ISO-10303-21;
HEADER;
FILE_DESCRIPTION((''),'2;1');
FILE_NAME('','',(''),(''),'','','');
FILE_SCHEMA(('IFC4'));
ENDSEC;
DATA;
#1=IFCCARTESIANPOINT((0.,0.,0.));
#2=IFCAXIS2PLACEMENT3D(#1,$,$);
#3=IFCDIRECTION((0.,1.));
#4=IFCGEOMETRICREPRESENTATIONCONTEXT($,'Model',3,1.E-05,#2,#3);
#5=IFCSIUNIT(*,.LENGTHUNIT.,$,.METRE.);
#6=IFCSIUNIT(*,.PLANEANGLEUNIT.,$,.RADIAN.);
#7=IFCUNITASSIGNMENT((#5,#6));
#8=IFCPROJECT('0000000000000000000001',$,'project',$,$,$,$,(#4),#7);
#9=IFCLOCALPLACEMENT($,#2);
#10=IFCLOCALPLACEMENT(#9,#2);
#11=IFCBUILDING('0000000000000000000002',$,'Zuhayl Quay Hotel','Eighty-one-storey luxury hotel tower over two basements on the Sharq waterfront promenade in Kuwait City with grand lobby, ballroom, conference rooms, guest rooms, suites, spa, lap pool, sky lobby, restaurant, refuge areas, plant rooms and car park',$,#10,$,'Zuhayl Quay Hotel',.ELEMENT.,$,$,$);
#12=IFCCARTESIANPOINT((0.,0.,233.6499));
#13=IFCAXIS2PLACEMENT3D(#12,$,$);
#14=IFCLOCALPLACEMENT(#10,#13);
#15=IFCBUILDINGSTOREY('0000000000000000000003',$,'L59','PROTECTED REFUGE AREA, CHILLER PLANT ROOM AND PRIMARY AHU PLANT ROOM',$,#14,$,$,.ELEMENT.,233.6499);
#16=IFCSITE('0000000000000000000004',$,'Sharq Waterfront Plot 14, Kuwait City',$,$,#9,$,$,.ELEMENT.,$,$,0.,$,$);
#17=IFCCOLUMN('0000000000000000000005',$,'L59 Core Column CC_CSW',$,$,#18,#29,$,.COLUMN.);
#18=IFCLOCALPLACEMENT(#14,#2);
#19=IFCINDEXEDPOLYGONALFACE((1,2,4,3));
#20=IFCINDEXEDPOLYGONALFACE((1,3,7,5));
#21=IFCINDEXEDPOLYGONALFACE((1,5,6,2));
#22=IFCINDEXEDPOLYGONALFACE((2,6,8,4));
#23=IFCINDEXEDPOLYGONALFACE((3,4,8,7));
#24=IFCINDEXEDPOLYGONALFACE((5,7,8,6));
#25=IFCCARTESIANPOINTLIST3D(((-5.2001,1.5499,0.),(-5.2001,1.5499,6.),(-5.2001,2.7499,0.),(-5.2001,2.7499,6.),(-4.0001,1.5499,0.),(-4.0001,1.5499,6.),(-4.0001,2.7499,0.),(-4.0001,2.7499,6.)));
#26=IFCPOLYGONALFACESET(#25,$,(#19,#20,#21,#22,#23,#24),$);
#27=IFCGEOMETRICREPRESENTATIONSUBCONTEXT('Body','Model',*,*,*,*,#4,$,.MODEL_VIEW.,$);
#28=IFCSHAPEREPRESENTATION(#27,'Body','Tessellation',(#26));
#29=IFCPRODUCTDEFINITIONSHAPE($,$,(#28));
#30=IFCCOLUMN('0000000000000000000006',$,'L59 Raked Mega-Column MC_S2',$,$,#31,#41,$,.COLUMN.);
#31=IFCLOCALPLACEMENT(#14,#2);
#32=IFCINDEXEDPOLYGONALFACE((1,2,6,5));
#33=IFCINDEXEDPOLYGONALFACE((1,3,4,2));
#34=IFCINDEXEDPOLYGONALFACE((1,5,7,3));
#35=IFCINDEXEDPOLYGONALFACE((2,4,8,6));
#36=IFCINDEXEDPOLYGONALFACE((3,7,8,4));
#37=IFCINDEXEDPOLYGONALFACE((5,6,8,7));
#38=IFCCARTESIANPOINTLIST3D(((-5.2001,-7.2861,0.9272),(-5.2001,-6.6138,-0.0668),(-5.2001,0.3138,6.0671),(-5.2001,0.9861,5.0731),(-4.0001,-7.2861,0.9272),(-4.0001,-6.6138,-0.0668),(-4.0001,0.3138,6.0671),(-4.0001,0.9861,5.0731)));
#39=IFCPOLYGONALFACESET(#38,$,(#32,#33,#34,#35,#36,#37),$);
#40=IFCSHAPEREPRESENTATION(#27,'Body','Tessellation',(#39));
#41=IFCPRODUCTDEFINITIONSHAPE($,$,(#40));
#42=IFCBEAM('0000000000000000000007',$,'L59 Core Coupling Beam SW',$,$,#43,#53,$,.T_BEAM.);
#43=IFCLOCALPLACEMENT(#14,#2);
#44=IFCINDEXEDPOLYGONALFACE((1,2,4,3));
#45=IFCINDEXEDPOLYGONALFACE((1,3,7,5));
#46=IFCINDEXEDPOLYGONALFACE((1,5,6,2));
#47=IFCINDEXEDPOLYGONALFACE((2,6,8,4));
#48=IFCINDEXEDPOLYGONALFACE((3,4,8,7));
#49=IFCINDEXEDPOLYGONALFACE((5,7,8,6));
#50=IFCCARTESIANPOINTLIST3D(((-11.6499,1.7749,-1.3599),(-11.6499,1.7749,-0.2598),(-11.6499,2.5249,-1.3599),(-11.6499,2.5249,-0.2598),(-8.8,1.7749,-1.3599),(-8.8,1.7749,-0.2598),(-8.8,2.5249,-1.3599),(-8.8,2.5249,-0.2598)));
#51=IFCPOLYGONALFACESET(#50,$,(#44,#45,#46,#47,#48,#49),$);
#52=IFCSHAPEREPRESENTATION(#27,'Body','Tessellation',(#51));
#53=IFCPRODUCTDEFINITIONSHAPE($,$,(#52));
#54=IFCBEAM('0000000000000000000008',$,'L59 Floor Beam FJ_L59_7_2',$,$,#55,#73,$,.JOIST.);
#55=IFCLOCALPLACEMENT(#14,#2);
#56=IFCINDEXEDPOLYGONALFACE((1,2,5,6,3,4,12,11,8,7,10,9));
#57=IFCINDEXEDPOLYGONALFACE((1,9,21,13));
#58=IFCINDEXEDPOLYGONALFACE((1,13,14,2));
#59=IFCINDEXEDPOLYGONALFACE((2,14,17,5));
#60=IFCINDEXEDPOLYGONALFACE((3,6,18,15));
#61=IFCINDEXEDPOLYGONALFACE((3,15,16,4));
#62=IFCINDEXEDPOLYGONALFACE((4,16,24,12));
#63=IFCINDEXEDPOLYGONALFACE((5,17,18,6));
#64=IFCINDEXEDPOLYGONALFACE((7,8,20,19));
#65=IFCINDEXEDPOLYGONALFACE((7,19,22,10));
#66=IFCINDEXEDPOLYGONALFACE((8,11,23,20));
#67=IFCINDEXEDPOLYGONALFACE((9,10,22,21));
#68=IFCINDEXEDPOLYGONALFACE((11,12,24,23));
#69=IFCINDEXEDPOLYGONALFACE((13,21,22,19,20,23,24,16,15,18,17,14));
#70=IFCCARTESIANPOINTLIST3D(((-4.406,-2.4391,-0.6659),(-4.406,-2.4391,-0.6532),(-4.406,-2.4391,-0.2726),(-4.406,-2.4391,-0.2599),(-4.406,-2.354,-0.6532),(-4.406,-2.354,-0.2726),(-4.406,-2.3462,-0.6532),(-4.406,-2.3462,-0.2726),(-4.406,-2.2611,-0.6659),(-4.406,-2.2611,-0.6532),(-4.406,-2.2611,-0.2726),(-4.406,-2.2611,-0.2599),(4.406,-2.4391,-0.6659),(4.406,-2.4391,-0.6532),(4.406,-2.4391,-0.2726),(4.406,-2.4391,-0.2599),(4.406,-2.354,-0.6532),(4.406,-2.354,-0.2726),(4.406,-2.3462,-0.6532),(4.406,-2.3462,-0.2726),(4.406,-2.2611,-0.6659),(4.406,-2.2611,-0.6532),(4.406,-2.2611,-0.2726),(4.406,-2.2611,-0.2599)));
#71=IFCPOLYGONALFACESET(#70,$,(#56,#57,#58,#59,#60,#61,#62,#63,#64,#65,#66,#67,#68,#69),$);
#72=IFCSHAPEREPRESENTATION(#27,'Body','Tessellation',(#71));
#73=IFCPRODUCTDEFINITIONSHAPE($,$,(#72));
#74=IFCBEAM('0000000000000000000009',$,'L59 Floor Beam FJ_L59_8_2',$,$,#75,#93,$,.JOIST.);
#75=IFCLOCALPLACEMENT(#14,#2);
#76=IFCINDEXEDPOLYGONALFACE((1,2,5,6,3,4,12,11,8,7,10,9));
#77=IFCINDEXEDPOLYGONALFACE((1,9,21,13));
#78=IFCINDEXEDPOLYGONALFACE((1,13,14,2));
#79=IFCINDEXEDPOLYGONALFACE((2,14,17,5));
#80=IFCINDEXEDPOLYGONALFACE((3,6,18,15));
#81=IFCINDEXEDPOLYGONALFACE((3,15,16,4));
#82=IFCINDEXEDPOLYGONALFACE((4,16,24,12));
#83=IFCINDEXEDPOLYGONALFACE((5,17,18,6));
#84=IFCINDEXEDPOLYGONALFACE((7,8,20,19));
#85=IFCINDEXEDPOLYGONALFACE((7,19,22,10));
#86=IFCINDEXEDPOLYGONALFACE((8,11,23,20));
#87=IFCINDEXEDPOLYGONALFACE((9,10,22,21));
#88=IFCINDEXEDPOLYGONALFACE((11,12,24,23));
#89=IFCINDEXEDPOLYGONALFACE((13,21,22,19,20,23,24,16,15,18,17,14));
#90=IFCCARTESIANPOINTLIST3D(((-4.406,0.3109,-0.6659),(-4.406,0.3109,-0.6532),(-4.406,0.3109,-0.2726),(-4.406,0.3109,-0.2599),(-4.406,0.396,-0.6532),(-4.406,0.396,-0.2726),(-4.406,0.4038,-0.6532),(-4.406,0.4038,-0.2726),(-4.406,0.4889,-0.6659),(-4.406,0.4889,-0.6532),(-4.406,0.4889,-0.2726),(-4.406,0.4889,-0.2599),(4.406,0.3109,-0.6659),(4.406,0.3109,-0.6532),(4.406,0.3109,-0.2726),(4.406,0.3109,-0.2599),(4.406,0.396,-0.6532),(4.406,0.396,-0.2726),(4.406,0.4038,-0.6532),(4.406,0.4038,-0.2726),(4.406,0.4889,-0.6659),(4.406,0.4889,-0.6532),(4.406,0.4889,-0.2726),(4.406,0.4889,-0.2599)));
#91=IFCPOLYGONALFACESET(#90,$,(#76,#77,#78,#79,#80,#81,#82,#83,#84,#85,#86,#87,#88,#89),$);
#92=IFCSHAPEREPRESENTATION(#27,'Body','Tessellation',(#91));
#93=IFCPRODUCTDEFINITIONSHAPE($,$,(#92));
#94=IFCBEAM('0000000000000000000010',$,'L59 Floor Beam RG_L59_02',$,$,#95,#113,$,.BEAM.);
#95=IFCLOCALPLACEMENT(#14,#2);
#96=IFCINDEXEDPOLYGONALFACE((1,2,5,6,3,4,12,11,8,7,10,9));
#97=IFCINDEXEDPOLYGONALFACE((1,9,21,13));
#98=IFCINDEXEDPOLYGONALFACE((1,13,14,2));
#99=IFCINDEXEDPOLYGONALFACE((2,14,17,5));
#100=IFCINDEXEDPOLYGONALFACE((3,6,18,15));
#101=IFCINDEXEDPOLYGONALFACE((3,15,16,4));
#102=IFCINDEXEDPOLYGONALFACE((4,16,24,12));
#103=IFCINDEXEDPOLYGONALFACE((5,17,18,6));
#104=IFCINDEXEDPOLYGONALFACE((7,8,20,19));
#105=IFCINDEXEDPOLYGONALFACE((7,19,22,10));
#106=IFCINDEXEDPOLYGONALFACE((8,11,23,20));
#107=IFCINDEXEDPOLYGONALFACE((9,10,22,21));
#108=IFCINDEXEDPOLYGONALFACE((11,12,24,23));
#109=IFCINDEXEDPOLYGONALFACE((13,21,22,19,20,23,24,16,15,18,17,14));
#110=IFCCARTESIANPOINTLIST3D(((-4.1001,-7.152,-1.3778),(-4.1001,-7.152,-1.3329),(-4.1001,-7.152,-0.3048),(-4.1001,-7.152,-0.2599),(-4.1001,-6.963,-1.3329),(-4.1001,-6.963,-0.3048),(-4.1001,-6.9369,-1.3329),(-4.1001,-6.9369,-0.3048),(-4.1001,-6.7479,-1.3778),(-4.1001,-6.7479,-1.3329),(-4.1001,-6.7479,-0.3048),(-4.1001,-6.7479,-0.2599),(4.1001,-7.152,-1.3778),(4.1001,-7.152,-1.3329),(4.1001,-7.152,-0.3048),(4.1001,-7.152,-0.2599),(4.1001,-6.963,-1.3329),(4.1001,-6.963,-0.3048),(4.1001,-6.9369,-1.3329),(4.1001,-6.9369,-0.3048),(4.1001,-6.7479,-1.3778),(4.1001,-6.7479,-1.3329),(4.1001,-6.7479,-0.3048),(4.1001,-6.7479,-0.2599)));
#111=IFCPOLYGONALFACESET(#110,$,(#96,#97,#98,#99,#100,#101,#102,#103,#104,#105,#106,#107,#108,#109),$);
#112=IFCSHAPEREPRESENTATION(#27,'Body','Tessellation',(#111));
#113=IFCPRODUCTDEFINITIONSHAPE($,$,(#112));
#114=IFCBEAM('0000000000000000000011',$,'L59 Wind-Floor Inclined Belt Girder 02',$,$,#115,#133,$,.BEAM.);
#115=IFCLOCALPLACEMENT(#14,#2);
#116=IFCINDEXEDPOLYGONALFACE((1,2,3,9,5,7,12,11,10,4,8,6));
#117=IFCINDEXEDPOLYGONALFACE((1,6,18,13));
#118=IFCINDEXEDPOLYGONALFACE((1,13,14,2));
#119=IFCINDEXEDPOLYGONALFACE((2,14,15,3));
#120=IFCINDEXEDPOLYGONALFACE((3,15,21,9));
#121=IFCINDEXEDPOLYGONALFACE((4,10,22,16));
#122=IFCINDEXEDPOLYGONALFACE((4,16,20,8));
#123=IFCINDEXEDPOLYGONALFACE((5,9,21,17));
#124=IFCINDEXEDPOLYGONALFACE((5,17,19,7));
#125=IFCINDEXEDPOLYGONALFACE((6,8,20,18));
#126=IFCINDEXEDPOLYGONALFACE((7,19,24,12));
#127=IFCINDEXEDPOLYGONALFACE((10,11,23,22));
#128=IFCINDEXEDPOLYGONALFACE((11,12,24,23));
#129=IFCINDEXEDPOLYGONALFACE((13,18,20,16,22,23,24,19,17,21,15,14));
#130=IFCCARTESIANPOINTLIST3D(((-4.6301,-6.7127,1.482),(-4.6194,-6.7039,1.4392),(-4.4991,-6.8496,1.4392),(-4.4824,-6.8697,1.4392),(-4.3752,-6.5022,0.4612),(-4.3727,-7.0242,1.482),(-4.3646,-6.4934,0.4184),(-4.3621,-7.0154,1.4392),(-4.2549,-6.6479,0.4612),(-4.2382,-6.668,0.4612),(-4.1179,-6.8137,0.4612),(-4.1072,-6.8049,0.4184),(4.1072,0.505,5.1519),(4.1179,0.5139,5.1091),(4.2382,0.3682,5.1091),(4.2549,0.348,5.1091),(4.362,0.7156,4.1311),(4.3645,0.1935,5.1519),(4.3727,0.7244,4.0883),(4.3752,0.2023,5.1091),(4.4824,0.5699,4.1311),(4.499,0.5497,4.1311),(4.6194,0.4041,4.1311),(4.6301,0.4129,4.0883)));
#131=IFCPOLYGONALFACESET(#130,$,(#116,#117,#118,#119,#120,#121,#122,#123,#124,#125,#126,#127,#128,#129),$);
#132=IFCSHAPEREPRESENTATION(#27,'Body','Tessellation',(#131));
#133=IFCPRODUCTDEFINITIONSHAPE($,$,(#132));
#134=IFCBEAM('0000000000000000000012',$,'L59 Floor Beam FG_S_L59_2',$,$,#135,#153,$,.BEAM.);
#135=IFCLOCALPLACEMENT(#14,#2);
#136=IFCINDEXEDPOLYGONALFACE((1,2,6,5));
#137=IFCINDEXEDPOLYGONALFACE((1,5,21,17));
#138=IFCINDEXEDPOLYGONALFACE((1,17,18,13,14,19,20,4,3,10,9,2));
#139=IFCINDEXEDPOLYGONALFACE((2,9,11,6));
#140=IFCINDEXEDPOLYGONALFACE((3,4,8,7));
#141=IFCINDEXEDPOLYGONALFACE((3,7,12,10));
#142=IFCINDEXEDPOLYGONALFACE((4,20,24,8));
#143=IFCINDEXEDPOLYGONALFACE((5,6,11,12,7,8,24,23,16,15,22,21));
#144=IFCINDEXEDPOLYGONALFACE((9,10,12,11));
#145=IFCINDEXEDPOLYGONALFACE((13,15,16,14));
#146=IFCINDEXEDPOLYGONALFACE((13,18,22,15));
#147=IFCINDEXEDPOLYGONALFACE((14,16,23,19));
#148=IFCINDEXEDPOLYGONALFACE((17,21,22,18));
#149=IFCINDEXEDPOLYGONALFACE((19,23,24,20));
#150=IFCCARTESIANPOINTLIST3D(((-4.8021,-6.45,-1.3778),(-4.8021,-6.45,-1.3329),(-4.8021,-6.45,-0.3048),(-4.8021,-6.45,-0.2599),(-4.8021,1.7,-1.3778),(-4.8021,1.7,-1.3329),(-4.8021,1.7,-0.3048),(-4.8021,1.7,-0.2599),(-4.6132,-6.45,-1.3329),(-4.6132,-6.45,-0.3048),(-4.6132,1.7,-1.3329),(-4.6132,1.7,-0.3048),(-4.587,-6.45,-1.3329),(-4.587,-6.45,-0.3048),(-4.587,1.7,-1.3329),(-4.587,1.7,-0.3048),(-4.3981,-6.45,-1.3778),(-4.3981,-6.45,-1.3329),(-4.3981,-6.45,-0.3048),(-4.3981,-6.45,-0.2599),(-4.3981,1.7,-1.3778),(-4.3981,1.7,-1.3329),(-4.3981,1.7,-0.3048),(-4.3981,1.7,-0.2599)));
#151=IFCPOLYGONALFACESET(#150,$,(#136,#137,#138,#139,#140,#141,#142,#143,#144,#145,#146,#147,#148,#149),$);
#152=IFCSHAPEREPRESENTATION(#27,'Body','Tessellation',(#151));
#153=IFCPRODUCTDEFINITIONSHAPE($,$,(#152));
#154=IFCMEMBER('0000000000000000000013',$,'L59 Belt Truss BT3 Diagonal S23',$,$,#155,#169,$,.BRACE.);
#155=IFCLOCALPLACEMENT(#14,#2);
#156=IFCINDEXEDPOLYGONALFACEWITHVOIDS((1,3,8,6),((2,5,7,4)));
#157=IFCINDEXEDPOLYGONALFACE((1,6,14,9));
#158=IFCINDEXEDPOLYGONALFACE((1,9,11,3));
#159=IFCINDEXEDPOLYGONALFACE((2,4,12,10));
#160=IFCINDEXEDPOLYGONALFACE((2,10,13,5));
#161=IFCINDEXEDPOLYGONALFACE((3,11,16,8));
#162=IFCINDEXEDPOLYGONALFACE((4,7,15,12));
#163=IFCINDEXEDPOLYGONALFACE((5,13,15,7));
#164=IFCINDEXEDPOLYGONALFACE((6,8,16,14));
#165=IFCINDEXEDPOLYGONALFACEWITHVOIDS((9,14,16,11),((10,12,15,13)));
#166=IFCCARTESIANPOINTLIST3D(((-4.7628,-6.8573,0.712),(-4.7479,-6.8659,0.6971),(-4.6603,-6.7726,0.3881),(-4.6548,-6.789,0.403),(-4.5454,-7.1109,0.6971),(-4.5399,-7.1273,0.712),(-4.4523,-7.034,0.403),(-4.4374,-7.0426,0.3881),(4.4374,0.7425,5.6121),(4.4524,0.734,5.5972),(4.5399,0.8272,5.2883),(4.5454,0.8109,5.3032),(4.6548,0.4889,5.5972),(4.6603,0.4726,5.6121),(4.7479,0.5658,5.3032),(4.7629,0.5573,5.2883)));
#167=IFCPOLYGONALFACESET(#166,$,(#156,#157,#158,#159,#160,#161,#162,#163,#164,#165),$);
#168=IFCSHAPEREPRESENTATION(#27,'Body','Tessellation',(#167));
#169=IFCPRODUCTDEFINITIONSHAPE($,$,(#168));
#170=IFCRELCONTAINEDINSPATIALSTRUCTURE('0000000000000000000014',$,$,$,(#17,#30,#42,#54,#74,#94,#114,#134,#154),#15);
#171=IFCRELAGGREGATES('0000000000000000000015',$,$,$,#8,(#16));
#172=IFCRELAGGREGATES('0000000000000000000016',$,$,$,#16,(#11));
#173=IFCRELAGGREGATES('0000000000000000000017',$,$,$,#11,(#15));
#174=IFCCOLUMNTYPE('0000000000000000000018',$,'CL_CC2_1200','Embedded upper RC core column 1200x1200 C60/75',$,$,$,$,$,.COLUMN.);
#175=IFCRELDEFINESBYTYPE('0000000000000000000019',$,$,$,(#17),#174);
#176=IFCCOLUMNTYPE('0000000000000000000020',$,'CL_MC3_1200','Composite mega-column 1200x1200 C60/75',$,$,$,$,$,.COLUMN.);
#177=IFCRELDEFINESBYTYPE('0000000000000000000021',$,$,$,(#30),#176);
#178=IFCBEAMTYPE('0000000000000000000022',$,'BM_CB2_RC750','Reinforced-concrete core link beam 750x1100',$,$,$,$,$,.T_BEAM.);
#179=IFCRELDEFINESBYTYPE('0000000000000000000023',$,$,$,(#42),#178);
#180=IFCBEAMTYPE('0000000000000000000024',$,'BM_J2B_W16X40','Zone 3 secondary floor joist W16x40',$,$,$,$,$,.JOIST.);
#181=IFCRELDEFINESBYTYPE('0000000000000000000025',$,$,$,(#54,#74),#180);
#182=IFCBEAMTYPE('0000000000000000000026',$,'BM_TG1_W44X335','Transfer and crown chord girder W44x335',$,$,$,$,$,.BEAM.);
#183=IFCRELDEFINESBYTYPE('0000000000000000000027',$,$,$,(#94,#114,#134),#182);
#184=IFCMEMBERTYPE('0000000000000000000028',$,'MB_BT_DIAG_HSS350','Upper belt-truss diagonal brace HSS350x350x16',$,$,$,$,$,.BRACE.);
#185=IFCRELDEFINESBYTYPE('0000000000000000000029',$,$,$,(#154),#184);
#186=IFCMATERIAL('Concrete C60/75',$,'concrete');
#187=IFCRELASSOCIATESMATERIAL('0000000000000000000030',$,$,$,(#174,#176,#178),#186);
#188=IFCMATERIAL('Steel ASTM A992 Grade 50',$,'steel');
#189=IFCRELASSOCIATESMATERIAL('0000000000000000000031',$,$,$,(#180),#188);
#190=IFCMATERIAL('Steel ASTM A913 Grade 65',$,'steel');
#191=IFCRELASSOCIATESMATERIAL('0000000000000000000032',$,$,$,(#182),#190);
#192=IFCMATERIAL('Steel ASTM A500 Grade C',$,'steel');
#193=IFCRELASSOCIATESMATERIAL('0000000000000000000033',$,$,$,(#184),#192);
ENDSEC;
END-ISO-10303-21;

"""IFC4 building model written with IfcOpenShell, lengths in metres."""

from ifc_helpers import new_model, si_unit, direction, frame, origin, origin_2d, place, context, subcontext, project, spatial, rectangle, hollow_rectangle, i_section, extrude, material, material_profile, profile_set, type_object, element, save


model = new_model("IFC4")

# Units and contexts
model_context = context("Model", 3, precision=1e-05, world=origin(), true_north=direction((0.0, 1.0)))
body_context = subcontext(model_context, "Body", "Model", "MODEL_VIEW")
ifc_project = project(units=[si_unit("LENGTHUNIT", "METRE"), si_unit("PLANEANGLEUNIT", "RADIAN")], contexts=[model_context])

# Site, building, storey
site_placement = place(None, origin())
site = spatial("IfcSite", under=ifc_project, at=site_placement, Name="Sharq Waterfront Plot 14, Kuwait City", CompositionType="ELEMENT", RefElevation=0.0)
building_placement = place(site_placement, origin())
building = spatial("IfcBuilding", under=site, at=building_placement, Name="Zuhayl Quay Hotel", Description="Eighty-one-storey luxury hotel tower over two basements on the Sharq waterfront promenade in Kuwait City with grand lobby, ballroom, conference rooms, guest rooms, suites, spa, lap pool, sky lobby, restaurant, refuge areas, plant rooms and car park", LongName="Zuhayl Quay Hotel", CompositionType="ELEMENT")
storey_placement = place(building_placement, frame((0.0, 0.0, 233.6499)))
storey = spatial("IfcBuildingStorey", under=building, at=storey_placement, Name="L59", Description="PROTECTED REFUGE AREA, CHILLER PLANT ROOM AND PRIMARY AHU PLANT ROOM", CompositionType="ELEMENT", Elevation=233.6499)

# Columns
ifc_material_1 = material(Name="Concrete C60/75", Category="concrete")
ifc_material_profile_1 = material_profile(ifc_material_1, rectangle(XDim=1.2, YDim=1.2, at=origin_2d()), Name="RC1200X1200")
ifc_profile_set_1 = profile_set([ifc_material_profile_1], Name="Concrete C60/75")
column_type_1 = type_object("IfcColumnType", Name="CL_CC2_1200", Description="Embedded upper RC core column 1200x1200 C60/75", PredefinedType="COLUMN", material=ifc_profile_set_1)
column_1_placement = place(storey_placement, frame((-4.6001, 2.1499, 0.0), z_axis=(0.0, 0.0, 1.0), x_axis=(1.0, 0.0, 0.0)))
element("IfcColumn", 1, at=column_1_placement, inside=storey, type_object=column_type_1, Name="L59 Core Column CC_CSW", PredefinedType="COLUMN", context=body_context, shape_type="SweptSolid", body=[
    extrude(rectangle(XDim=1.2, YDim=1.2, at=origin_2d()), origin(), (0.0, 0.0, 1.0), 6.0),
])
ifc_material_profile_2 = material_profile(ifc_material_1, rectangle(XDim=1.2, YDim=1.2, at=origin_2d()), Name="RC1200X1200")
ifc_profile_set_2 = profile_set([ifc_material_profile_2], Name="Concrete C60/75")
column_type_2 = type_object("IfcColumnType", Name="CL_MC3_1200", Description="Composite mega-column 1200x1200 C60/75", PredefinedType="COLUMN", material=ifc_profile_set_2)
column_2_placement = place(storey_placement, frame((-4.6001, -6.95, 0.4302), z_axis=(0.0, 0.828343, 0.560221), x_axis=(-1.0, 0.0, 0.0)))
element("IfcColumn", 2, at=column_2_placement, inside=storey, type_object=column_type_2, Name="L59 Raked Mega-Column MC_S2", PredefinedType="COLUMN", context=body_context, shape_type="SweptSolid", body=[
    extrude(rectangle(XDim=1.2, YDim=1.2, at=origin_2d()), origin(), (0.0, 0.0, 1.0), 9.1748),
])

# Beams
ifc_material_profile_3 = material_profile(ifc_material_1, rectangle(XDim=0.75, YDim=1.1001, at=origin_2d()), Name="RC750X1100")
ifc_profile_set_3 = profile_set([ifc_material_profile_3], Name="Concrete C60/75")
beam_type_1 = type_object("IfcBeamType", Name="BM_CB2_RC750", Description="Reinforced-concrete core link beam 750x1100", PredefinedType="T_BEAM", material=ifc_profile_set_3)
beam_1_placement = place(storey_placement, frame((-11.6499, 2.1499, -0.8098), z_axis=(1.0, 0.0, 0.0), x_axis=(0.0, 1.0, 0.0)))
element("IfcBeam", 3, at=beam_1_placement, inside=storey, type_object=beam_type_1, Name="L59 Core Coupling Beam SW", PredefinedType="T_BEAM", context=body_context, shape_type="SweptSolid", body=[
    extrude(rectangle(XDim=0.75, YDim=1.1001, at=origin_2d()), origin(), (0.0, 0.0, 1.0), 2.8499),
])
ifc_material_2 = material(Name="Steel ASTM A992 Grade 50", Category="steel")
ifc_material_profile_4 = material_profile(ifc_material_2, i_section(OverallWidth=0.178, OverallDepth=0.406, WebThickness=0.0078, FlangeThickness=0.0127, at=origin_2d()), Name="W16X40")
ifc_profile_set_4 = profile_set([ifc_material_profile_4], Name="Steel ASTM A992 Grade 50")
beam_type_2 = type_object("IfcBeamType", Name="BM_J2B_W16X40", Description="Zone 3 secondary floor joist W16x40", PredefinedType="JOIST", material=ifc_profile_set_4)
for number, where, z_axis, x_axis, name in (
    (4, (-4.406, -2.3501, -0.4629), (1.0, 0.0, 0.0), (0.0, 1.0, 0.0), "L59 Floor Beam FJ_L59_7_2"),
    (5, (-4.406, 0.3999, -0.4629), (1.0, 0.0, 0.0), (0.0, 1.0, 0.0), "L59 Floor Beam FJ_L59_8_2"),
):
    element("IfcBeam", number, at=place(storey_placement, frame(where, z_axis=z_axis, x_axis=x_axis)), inside=storey, type_object=beam_type_2, Name=name, PredefinedType="JOIST", context=body_context, shape_type="SweptSolid", body=[
        extrude(i_section(OverallWidth=0.178, OverallDepth=0.406, WebThickness=0.0078, FlangeThickness=0.0127, at=origin_2d()), origin(), (0.0, 0.0, 1.0), 8.812),
    ])
ifc_material_3 = material(Name="Steel ASTM A913 Grade 65", Category="steel")
ifc_material_profile_5 = material_profile(ifc_material_3, i_section(OverallWidth=0.4041, OverallDepth=1.1179, WebThickness=0.0261, FlangeThickness=0.0449, at=origin_2d()), Name="W44X335")
ifc_profile_set_5 = profile_set([ifc_material_profile_5], Name="Steel ASTM A913 Grade 65")
beam_type_3 = type_object("IfcBeamType", Name="BM_TG1_W44X335", Description="Transfer and crown chord girder W44x335", PredefinedType="BEAM", material=ifc_profile_set_5)
beam_2_placement = place(storey_placement, frame((-4.1001, -6.95, -0.8188), z_axis=(1.0, 0.0, 0.0), x_axis=(0.0, 1.0, 0.0)))
element("IfcBeam", 6, at=beam_2_placement, inside=storey, type_object=beam_type_3, Name="L59 Floor Beam RG_L59_02", PredefinedType="BEAM", context=body_context, shape_type="SweptSolid", body=[
    extrude(i_section(OverallWidth=0.4041, OverallDepth=1.1179, WebThickness=0.0261, FlangeThickness=0.0449, at=origin_2d()), origin(), (0.0, 0.0, 1.0), 8.2002),
])
beam_3_placement = place(storey_placement, frame((-4.3687, -6.7588, 0.9502), z_axis=(0.733464, 0.605905, 0.308076), x_axis=(-0.636881, 0.770962, 0.0)))
element("IfcBeam", 7, at=beam_3_placement, inside=storey, type_object=beam_type_3, Name="L59 Wind-Floor Inclined Belt Girder 02", PredefinedType="BEAM", context=body_context, shape_type="SweptSolid", body=[
    extrude(i_section(OverallWidth=0.4041, OverallDepth=1.1179, WebThickness=0.0261, FlangeThickness=0.0449, at=origin_2d()), origin(), (0.0, 0.0, 1.0), 11.9124),
])
beam_4_placement = place(storey_placement, frame((-4.6001, -6.45, -0.8188), z_axis=(0.0, 1.0, 0.0), x_axis=(-1.0, 0.0, 0.0)))
element("IfcBeam", 8, at=beam_4_placement, inside=storey, type_object=beam_type_3, Name="L59 Floor Beam FG_S_L59_2", PredefinedType="BEAM", context=body_context, shape_type="SweptSolid", body=[
    extrude(i_section(OverallWidth=0.4041, OverallDepth=1.1179, WebThickness=0.0261, FlangeThickness=0.0449, at=origin_2d()), origin(), (0.0, 0.0, 1.0), 8.1499),
])

# Member
ifc_material_4 = material(Name="Steel ASTM A500 Grade C", Category="steel")
ifc_material_profile_6 = material_profile(ifc_material_4, hollow_rectangle(XDim=0.3501, YDim=0.3501, WallThickness=0.0161, at=origin_2d()), Name="HSS350X350X16")
ifc_profile_set_6 = profile_set([ifc_material_profile_6], Name="Steel ASTM A500 Grade C")
member_type_1 = type_object("IfcMemberType", Name="MB_BT_DIAG_HSS350", Description="Upper belt-truss diagonal brace HSS350x350x16", PredefinedType="BRACE", material=ifc_profile_set_6)
member_placement = place(storey_placement, frame((-4.6001, -6.95, 0.55), z_axis=(0.713187, 0.589131, 0.379853), x_axis=(-0.636866, 0.770974, 0.0)))
element("IfcMember", 9, at=member_placement, inside=storey, type_object=member_type_1, Name="L59 Belt Truss BT3 Diagonal S23", PredefinedType="BRACE", context=body_context, shape_type="SweptSolid", body=[
    extrude(hollow_rectangle(XDim=0.3501, YDim=0.3501, WallThickness=0.0161, at=origin_2d()), origin(), (0.0, 0.0, 1.0), 12.9001),
])

save(model, "model.ifc")
